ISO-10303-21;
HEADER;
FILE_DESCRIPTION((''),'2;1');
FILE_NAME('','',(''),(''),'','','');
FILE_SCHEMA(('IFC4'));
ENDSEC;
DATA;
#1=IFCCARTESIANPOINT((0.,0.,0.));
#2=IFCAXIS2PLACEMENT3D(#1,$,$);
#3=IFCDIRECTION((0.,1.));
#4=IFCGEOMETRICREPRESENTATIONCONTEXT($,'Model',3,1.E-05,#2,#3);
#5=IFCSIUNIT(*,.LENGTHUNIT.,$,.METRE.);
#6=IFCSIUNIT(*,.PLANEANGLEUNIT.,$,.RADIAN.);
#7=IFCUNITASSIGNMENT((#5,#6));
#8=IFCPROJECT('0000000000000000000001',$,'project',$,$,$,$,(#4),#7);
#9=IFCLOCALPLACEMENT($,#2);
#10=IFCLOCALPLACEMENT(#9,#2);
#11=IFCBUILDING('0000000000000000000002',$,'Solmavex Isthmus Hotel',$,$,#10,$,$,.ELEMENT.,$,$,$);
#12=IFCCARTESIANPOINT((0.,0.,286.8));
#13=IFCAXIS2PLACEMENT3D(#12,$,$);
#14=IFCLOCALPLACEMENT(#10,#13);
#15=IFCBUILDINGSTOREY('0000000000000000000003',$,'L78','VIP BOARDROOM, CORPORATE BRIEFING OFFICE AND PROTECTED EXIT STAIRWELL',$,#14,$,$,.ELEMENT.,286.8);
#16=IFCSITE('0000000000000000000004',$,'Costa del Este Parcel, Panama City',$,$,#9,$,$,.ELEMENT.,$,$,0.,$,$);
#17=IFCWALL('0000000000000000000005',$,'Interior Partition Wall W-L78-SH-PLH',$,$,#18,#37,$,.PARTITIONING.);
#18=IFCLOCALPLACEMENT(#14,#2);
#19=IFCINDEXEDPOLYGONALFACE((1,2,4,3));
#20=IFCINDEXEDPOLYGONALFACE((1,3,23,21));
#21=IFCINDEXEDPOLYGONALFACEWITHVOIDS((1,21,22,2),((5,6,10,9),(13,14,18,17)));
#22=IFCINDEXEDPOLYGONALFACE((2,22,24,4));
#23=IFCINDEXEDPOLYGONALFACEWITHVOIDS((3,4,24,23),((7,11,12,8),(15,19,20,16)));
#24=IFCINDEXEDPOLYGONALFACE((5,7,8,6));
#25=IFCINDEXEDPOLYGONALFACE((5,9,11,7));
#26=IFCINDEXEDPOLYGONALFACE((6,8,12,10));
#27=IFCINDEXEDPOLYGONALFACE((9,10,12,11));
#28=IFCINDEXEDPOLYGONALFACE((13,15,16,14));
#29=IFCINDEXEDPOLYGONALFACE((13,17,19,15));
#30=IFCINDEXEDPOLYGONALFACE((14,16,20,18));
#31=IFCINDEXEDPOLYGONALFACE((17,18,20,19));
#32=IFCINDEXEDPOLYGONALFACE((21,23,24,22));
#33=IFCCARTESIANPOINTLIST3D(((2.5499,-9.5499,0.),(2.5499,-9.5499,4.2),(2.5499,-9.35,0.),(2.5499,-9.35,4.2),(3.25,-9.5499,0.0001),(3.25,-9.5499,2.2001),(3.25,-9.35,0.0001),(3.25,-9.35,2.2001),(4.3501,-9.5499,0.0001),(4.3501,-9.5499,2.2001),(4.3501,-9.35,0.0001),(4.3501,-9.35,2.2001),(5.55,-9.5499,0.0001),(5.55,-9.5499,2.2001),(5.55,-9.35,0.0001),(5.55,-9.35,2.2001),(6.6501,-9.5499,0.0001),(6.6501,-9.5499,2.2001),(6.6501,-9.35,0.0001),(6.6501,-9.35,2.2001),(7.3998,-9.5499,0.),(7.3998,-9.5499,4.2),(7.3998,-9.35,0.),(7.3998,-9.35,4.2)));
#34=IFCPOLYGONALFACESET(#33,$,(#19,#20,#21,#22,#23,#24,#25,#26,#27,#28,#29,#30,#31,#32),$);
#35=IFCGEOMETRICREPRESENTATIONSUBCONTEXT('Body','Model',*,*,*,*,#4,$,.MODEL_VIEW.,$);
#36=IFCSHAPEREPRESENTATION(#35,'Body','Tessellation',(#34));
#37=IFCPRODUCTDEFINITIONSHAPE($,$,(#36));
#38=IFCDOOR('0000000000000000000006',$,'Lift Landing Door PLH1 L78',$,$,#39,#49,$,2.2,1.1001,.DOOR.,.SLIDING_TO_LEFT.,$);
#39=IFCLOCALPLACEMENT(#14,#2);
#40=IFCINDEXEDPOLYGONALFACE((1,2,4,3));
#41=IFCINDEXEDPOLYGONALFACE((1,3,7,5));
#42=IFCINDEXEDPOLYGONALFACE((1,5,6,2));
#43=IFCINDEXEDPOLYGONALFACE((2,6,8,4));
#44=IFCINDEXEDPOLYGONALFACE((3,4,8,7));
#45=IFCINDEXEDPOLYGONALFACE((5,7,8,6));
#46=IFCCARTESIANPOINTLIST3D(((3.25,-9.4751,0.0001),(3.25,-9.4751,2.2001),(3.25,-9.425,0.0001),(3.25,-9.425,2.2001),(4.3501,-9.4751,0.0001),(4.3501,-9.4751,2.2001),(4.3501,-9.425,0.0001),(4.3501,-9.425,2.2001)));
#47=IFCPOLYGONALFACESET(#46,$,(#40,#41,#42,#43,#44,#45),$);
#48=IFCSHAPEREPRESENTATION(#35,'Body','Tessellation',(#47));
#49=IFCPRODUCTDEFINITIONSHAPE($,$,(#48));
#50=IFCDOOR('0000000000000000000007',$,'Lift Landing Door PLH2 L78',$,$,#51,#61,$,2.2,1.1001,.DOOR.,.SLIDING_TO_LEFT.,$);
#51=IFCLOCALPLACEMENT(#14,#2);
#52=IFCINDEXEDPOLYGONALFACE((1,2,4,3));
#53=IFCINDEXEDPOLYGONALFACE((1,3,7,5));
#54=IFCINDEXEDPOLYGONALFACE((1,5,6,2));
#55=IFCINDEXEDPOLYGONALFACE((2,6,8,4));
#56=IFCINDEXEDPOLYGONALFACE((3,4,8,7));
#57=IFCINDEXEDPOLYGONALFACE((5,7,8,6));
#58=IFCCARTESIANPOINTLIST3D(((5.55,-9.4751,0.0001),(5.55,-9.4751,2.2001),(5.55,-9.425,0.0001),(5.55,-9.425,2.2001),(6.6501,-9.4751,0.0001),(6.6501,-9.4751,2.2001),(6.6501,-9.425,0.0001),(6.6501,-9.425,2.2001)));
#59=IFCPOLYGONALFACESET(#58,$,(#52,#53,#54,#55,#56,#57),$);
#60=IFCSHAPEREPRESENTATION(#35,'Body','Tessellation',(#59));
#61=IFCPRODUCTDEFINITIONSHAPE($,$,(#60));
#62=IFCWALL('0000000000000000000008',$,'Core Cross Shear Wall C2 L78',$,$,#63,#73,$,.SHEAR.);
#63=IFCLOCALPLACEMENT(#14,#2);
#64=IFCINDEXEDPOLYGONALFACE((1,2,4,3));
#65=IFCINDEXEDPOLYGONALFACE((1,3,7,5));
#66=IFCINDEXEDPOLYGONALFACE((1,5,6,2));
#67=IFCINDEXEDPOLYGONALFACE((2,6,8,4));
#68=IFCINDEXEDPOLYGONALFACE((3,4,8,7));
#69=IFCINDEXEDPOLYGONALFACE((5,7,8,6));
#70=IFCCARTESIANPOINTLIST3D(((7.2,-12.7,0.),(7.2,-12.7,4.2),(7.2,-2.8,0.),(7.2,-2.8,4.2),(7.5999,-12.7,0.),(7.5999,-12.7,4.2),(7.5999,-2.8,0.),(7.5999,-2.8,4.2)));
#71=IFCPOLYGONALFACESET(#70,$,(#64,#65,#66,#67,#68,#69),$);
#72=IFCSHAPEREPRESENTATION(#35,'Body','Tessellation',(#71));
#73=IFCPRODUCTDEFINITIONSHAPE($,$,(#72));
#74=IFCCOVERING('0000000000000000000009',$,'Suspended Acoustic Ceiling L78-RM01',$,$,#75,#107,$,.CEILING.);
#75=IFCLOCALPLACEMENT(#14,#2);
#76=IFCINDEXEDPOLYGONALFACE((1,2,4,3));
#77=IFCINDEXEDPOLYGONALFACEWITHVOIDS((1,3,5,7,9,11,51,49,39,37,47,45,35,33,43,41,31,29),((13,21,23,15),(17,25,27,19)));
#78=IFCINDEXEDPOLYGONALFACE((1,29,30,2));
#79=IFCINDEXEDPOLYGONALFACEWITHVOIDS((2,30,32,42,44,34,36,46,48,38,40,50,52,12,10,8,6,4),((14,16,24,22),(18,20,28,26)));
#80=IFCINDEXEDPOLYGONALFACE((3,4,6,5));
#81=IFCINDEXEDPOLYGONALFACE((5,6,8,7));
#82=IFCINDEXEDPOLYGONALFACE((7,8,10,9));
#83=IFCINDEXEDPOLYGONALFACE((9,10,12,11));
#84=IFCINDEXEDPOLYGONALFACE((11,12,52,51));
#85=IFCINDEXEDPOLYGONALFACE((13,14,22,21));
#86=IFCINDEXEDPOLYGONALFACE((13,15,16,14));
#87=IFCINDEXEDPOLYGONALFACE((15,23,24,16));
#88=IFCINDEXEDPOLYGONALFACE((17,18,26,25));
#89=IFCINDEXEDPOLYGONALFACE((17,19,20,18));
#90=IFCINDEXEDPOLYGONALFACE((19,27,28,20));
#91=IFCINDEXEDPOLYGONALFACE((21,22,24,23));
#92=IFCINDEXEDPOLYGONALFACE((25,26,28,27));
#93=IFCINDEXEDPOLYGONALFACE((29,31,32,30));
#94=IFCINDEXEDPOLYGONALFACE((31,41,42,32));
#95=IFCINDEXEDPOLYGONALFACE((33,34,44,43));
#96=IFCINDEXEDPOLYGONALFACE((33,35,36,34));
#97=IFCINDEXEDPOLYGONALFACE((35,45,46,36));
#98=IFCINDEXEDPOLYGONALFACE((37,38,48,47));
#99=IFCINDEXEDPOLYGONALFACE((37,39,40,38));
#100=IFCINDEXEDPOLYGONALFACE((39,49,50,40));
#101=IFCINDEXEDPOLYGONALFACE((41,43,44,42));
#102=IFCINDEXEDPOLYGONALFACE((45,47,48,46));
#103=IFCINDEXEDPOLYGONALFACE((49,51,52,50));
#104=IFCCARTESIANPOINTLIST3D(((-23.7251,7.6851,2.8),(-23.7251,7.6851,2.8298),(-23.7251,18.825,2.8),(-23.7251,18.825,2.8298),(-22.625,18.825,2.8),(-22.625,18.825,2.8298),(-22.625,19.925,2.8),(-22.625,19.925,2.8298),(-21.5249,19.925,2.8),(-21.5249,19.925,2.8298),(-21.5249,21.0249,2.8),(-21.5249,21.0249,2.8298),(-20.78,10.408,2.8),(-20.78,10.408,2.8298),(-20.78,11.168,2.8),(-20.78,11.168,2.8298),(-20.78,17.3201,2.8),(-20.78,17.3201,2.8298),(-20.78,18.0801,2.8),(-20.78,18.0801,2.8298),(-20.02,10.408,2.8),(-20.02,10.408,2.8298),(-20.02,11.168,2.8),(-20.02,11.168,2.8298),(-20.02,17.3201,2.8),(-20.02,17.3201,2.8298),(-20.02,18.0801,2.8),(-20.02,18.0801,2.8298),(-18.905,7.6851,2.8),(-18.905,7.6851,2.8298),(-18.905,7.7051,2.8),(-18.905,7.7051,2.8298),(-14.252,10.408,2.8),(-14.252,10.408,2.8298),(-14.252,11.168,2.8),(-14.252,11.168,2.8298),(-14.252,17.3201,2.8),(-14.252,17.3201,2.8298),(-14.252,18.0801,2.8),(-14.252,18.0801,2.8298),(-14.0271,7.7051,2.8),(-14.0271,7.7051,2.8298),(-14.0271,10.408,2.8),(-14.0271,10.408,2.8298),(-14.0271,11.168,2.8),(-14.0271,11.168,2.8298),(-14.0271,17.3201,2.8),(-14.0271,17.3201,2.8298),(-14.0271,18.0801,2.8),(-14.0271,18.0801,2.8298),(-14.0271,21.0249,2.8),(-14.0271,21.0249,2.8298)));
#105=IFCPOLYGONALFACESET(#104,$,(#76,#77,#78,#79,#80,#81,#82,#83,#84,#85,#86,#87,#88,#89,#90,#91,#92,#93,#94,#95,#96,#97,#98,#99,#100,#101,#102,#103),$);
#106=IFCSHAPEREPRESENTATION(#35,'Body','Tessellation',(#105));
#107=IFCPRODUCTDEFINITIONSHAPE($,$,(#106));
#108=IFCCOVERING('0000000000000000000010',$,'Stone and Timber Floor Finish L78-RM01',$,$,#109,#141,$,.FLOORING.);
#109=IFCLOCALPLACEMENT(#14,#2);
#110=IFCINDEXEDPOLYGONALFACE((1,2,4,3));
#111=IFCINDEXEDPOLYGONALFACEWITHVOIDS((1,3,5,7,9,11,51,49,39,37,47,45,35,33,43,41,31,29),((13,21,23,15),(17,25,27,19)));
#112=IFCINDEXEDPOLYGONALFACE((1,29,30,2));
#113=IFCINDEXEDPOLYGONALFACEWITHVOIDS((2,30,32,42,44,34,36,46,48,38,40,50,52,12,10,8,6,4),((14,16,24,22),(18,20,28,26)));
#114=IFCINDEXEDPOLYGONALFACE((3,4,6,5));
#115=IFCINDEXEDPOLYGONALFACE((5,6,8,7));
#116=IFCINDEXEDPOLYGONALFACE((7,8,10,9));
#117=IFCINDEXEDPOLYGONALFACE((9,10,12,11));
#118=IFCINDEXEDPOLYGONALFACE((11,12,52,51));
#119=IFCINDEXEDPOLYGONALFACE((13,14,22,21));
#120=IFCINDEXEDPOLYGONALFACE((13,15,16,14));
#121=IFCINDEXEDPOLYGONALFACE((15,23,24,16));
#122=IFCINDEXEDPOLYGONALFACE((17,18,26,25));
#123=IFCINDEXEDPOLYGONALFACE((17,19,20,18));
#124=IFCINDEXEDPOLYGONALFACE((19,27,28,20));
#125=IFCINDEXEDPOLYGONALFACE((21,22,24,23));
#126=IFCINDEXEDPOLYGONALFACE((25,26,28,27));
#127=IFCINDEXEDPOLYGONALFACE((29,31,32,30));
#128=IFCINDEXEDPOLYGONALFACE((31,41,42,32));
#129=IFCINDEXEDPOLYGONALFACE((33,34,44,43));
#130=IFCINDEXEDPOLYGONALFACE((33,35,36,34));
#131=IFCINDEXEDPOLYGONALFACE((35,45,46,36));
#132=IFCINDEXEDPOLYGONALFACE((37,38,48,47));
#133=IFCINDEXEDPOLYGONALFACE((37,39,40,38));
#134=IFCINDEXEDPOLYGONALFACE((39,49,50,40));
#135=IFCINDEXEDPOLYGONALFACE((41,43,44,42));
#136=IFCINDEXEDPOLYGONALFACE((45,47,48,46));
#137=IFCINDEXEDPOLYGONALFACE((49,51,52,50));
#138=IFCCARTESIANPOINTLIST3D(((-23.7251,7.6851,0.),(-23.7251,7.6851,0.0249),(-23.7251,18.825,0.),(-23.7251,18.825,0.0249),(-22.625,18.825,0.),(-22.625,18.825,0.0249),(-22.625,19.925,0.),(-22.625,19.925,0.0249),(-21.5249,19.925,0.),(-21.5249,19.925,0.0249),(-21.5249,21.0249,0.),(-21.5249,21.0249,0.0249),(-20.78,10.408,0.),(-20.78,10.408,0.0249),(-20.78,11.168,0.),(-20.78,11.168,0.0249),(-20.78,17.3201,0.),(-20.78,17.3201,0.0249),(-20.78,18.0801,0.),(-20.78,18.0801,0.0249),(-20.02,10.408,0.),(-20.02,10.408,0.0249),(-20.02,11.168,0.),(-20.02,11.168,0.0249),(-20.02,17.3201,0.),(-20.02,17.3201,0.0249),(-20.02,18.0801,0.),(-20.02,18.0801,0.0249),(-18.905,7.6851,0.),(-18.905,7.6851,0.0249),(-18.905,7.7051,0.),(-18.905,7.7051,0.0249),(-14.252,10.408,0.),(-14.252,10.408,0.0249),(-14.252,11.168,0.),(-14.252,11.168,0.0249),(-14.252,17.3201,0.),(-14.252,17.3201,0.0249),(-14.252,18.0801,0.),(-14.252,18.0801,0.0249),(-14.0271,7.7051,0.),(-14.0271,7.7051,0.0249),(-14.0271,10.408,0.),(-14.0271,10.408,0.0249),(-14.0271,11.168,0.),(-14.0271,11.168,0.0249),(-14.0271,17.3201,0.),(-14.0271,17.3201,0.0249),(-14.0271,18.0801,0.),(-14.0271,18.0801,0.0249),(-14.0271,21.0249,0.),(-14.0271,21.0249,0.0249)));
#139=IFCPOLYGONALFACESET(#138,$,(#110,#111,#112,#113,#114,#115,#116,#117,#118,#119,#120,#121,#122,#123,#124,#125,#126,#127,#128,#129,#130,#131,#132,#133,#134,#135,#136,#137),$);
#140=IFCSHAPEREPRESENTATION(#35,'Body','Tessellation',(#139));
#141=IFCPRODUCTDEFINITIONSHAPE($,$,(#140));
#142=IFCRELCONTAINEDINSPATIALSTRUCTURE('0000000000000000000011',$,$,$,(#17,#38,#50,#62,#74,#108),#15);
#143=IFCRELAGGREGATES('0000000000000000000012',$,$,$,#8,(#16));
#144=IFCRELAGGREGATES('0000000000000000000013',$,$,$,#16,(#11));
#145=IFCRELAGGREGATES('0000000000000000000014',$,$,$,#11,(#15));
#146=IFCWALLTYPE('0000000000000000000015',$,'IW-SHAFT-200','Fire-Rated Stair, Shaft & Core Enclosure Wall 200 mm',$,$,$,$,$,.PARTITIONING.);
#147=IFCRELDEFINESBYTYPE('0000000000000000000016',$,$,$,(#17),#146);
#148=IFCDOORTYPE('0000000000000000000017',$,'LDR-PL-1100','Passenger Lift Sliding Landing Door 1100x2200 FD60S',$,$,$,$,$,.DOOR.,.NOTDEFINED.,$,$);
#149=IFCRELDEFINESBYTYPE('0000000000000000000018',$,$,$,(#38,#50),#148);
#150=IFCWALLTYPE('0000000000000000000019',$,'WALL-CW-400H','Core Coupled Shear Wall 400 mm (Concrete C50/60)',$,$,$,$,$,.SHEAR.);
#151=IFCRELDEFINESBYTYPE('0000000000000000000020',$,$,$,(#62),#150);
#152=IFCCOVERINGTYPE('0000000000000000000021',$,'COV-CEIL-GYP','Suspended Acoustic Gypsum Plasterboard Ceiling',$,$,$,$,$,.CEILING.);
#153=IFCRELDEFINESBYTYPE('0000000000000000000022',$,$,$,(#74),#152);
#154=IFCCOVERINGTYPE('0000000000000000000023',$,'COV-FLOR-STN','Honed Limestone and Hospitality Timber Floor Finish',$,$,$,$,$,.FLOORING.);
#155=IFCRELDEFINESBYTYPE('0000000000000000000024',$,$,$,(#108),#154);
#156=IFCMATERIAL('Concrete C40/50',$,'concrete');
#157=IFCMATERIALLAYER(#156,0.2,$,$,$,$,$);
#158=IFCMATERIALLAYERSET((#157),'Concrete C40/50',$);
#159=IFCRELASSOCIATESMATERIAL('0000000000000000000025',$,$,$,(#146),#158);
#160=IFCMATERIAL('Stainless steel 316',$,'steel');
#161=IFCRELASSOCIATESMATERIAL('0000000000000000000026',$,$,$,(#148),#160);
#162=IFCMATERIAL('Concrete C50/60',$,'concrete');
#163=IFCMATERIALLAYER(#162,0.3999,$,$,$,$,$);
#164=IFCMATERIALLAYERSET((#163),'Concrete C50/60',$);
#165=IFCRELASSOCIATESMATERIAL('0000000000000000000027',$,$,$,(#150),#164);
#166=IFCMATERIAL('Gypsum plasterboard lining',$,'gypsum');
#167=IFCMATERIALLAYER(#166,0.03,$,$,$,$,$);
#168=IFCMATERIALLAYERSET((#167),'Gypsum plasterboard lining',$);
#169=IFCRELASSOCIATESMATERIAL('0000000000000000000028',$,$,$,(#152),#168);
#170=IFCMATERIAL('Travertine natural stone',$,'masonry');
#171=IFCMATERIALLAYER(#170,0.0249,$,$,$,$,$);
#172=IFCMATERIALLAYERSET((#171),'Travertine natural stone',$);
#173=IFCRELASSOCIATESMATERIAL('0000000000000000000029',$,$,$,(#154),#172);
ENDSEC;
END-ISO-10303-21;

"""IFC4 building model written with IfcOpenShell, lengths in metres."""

from ifc_helpers import new_model, si_unit, direction, frame, frame_2d, origin, place, context, subcontext, project, spatial, polyline, rectangle, outline, extrude, material, layer, layer_set, type_object, element, fill, save


model = new_model("IFC4")

# Units and contexts
model_context = context("Model", 3, precision=1e-05, world=origin(), true_north=direction((0.0, 1.0)))
body_context = subcontext(model_context, "Body", "Model", "MODEL_VIEW")
ifc_project = project(units=[si_unit("LENGTHUNIT", "METRE"), si_unit("PLANEANGLEUNIT", "RADIAN")], contexts=[model_context])

# Site, building, storey
site_placement = place(None, origin())
site = spatial("IfcSite", under=ifc_project, at=site_placement, Name="Costa del Este Parcel, Panama City", CompositionType="ELEMENT", RefElevation=0.0)
building_placement = place(site_placement, origin())
building = spatial("IfcBuilding", under=site, at=building_placement, Name="Solmavex Isthmus Hotel", CompositionType="ELEMENT")
storey_placement = place(building_placement, frame((0.0, 0.0, 286.8)))
storey = spatial("IfcBuildingStorey", under=building, at=storey_placement, Name="L78", Description="VIP BOARDROOM, CORPORATE BRIEFING OFFICE AND PROTECTED EXIT STAIRWELL", CompositionType="ELEMENT", Elevation=286.8)

# Shared definitions
ifc_material_1 = material(Name="Concrete C50/60", Category="concrete")

# Shared definitions
ifc_material_2 = material(Name="Concrete C40/50", Category="concrete")

# Shared definitions
ifc_material_3 = material(Name="Gypsum plasterboard lining", Category="gypsum")

# Shared definitions
ifc_layer_1 = layer(ifc_material_2, 0.2)
ifc_layer_set_1 = layer_set([ifc_layer_1], Name="Concrete C40/50")
wall_type_1 = type_object("IfcWallType", Name="IW-SHAFT-200", Description="Fire-Rated Stair, Shaft & Core Enclosure Wall 200 mm", PredefinedType="PARTITIONING", material=ifc_layer_set_1)
ifc_material_4 = material(Name="Stainless steel 316", Category="steel")

# Wall, openings, doors
wall_1_placement = place(storey_placement, frame((2.55, -9.45, 0.0), z_axis=(0.0, 0.0, 1.0), x_axis=(1.0, 0.0, 0.0)))
wall_1 = element("IfcWall", 1, at=wall_1_placement, inside=storey, type_object=wall_type_1, Name="Interior Partition Wall W-L78-SH-PLH", PredefinedType="PARTITIONING", context=body_context, shape_type="SweptSolid", body=[
    extrude(rectangle(XDim=4.8499, YDim=0.2, at=frame_2d((2.4248, 0.0))), origin(), (0.0, 0.0, 1.0), 4.2),
])
opening_1_placement = place(wall_1_placement, frame((0.7, 0.0, 0.0)))
opening_1 = element("IfcOpeningElement", 2, at=opening_1_placement, cuts=wall_1, PredefinedType="OPENING", context=body_context, shape_type="SweptSolid", body=[
    extrude(rectangle(XDim=1.1001, YDim=2.2, at=frame_2d((0.55, 1.1001))), frame((0.0, 0.1099, 0.0), z_axis=(0.0, -1.0, 0.0), x_axis=(1.0, 0.0, 0.0)), (0.0, 0.0, 1.0), 0.22),
])
opening_2_placement = place(wall_1_placement, frame((3.0, 0.0, 0.0)))
opening_2 = element("IfcOpeningElement", 3, at=opening_2_placement, cuts=wall_1, PredefinedType="OPENING", context=body_context, shape_type="SweptSolid", body=[
    extrude(rectangle(XDim=1.1001, YDim=2.2, at=frame_2d((0.55, 1.1001))), frame((0.0, 0.1099, 0.0), z_axis=(0.0, -1.0, 0.0), x_axis=(1.0, 0.0, 0.0)), (0.0, 0.0, 1.0), 0.22),
])
door_type_1 = type_object("IfcDoorType", Name="LDR-PL-1100", Description="Passenger Lift Sliding Landing Door 1100x2200 FD60S", OperationType="NOTDEFINED", PredefinedType="DOOR", material=ifc_material_4)
door_1_placement = place(opening_1_placement, origin())
door_1 = element("IfcDoor", 4, at=door_1_placement, inside=storey, type_object=door_type_1, Name="Lift Landing Door PLH1 L78", OperationType="SLIDING_TO_LEFT", OverallHeight=2.2, OverallWidth=1.1001, PredefinedType="DOOR", context=body_context, shape_type="SweptSolid", body=[
    extrude(rectangle(XDim=1.1001, YDim=2.2, at=frame_2d((0.55, 1.1001))), frame((0.0, 0.0249, 0.0), z_axis=(0.0, -1.0, 0.0), x_axis=(1.0, 0.0, 0.0)), (0.0, 0.0, 1.0), 0.05),
])
fill(opening_1, door_1)
door_2_placement = place(opening_2_placement, origin())
door_2 = element("IfcDoor", 5, at=door_2_placement, inside=storey, type_object=door_type_1, Name="Lift Landing Door PLH2 L78", OperationType="SLIDING_TO_LEFT", OverallHeight=2.2, OverallWidth=1.1001, PredefinedType="DOOR", context=body_context, shape_type="SweptSolid", body=[
    extrude(rectangle(XDim=1.1001, YDim=2.2, at=frame_2d((0.55, 1.1001))), frame((0.0, 0.0249, 0.0), z_axis=(0.0, -1.0, 0.0), x_axis=(1.0, 0.0, 0.0)), (0.0, 0.0, 1.0), 0.05),
])
fill(opening_2, door_2)

# Wall
ifc_layer_2 = layer(ifc_material_1, 0.3999)
ifc_layer_set_2 = layer_set([ifc_layer_2], Name="Concrete C50/60")
wall_type_2 = type_object("IfcWallType", Name="WALL-CW-400H", Description="Core Coupled Shear Wall 400 mm (Concrete C50/60)", PredefinedType="SHEAR", material=ifc_layer_set_2)
wall_2_placement = place(storey_placement, frame((7.3999, -12.7, 0.0), z_axis=(0.0, 0.0, 1.0), x_axis=(0.0, 1.0, 0.0)))
element("IfcWall", 6, at=wall_2_placement, inside=storey, type_object=wall_type_2, Name="Core Cross Shear Wall C2 L78", PredefinedType="SHEAR", context=body_context, shape_type="SweptSolid", body=[
    extrude(rectangle(XDim=9.8999, YDim=0.3999, at=frame_2d((4.95, 0.0))), origin(), (0.0, 0.0, 1.0), 4.2),
])

# Coverings
ifc_layer_3 = layer(ifc_material_3, 0.03)
ifc_layer_set_3 = layer_set([ifc_layer_3], Name="Gypsum plasterboard lining")
covering_type_1 = type_object("IfcCoveringType", Name="COV-CEIL-GYP", Description="Suspended Acoustic Gypsum Plasterboard Ceiling", PredefinedType="CEILING", material=ifc_layer_set_3)
covering_1_placement = place(storey_placement, frame((0.0, 0.0, 2.8)))
element("IfcCovering", 7, at=covering_1_placement, inside=storey, type_object=covering_type_1, Name="Suspended Acoustic Ceiling L78-RM01", PredefinedType="CEILING", context=body_context, shape_type="SweptSolid", body=[
    extrude(outline(polyline([(-18.905, 7.6851), (-18.905, 7.7051), (-14.0271, 7.7051), (-14.0271, 10.408), (-14.252, 10.408), (-14.252, 11.168), (-14.0271, 11.168), (-14.0271, 17.3201), (-14.252, 17.3201), (-14.252, 18.0801), (-14.0271, 18.0801), (-14.0271, 21.0249), (-21.5249, 21.0249), (-21.5249, 19.925), (-22.625, 19.925), (-22.625, 18.825), (-23.7251, 18.825), (-23.7251, 7.6851), (-18.905, 7.6851)]), holes=[polyline([(-20.78, 10.408), (-20.78, 11.168), (-20.02, 11.168), (-20.02, 10.408), (-20.78, 10.408)]), polyline([(-20.78, 17.3201), (-20.78, 18.0801), (-20.02, 18.0801), (-20.02, 17.3201), (-20.78, 17.3201)])]), origin(), (0.0, 0.0, 1.0), 0.0298),
])
ifc_material_5 = material(Name="Travertine natural stone", Category="masonry")
ifc_layer_4 = layer(ifc_material_5, 0.0249)
ifc_layer_set_4 = layer_set([ifc_layer_4], Name="Travertine natural stone")
covering_type_2 = type_object("IfcCoveringType", Name="COV-FLOR-STN", Description="Honed Limestone and Hospitality Timber Floor Finish", PredefinedType="FLOORING", material=ifc_layer_set_4)
covering_2_placement = place(storey_placement, origin())
element("IfcCovering", 8, at=covering_2_placement, inside=storey, type_object=covering_type_2, Name="Stone and Timber Floor Finish L78-RM01", PredefinedType="FLOORING", context=body_context, shape_type="SweptSolid", body=[
    extrude(outline(polyline([(-18.905, 7.6851), (-18.905, 7.7051), (-14.0271, 7.7051), (-14.0271, 10.408), (-14.252, 10.408), (-14.252, 11.168), (-14.0271, 11.168), (-14.0271, 17.3201), (-14.252, 17.3201), (-14.252, 18.0801), (-14.0271, 18.0801), (-14.0271, 21.0249), (-21.5249, 21.0249), (-21.5249, 19.925), (-22.625, 19.925), (-22.625, 18.825), (-23.7251, 18.825), (-23.7251, 7.6851), (-18.905, 7.6851)]), holes=[polyline([(-20.78, 10.408), (-20.78, 11.168), (-20.02, 11.168), (-20.02, 10.408), (-20.78, 10.408)]), polyline([(-20.78, 17.3201), (-20.78, 18.0801), (-20.02, 18.0801), (-20.02, 17.3201), (-20.78, 17.3201)])]), origin(), (0.0, 0.0, 1.0), 0.0249),
])

save(model, "model.ifc")
